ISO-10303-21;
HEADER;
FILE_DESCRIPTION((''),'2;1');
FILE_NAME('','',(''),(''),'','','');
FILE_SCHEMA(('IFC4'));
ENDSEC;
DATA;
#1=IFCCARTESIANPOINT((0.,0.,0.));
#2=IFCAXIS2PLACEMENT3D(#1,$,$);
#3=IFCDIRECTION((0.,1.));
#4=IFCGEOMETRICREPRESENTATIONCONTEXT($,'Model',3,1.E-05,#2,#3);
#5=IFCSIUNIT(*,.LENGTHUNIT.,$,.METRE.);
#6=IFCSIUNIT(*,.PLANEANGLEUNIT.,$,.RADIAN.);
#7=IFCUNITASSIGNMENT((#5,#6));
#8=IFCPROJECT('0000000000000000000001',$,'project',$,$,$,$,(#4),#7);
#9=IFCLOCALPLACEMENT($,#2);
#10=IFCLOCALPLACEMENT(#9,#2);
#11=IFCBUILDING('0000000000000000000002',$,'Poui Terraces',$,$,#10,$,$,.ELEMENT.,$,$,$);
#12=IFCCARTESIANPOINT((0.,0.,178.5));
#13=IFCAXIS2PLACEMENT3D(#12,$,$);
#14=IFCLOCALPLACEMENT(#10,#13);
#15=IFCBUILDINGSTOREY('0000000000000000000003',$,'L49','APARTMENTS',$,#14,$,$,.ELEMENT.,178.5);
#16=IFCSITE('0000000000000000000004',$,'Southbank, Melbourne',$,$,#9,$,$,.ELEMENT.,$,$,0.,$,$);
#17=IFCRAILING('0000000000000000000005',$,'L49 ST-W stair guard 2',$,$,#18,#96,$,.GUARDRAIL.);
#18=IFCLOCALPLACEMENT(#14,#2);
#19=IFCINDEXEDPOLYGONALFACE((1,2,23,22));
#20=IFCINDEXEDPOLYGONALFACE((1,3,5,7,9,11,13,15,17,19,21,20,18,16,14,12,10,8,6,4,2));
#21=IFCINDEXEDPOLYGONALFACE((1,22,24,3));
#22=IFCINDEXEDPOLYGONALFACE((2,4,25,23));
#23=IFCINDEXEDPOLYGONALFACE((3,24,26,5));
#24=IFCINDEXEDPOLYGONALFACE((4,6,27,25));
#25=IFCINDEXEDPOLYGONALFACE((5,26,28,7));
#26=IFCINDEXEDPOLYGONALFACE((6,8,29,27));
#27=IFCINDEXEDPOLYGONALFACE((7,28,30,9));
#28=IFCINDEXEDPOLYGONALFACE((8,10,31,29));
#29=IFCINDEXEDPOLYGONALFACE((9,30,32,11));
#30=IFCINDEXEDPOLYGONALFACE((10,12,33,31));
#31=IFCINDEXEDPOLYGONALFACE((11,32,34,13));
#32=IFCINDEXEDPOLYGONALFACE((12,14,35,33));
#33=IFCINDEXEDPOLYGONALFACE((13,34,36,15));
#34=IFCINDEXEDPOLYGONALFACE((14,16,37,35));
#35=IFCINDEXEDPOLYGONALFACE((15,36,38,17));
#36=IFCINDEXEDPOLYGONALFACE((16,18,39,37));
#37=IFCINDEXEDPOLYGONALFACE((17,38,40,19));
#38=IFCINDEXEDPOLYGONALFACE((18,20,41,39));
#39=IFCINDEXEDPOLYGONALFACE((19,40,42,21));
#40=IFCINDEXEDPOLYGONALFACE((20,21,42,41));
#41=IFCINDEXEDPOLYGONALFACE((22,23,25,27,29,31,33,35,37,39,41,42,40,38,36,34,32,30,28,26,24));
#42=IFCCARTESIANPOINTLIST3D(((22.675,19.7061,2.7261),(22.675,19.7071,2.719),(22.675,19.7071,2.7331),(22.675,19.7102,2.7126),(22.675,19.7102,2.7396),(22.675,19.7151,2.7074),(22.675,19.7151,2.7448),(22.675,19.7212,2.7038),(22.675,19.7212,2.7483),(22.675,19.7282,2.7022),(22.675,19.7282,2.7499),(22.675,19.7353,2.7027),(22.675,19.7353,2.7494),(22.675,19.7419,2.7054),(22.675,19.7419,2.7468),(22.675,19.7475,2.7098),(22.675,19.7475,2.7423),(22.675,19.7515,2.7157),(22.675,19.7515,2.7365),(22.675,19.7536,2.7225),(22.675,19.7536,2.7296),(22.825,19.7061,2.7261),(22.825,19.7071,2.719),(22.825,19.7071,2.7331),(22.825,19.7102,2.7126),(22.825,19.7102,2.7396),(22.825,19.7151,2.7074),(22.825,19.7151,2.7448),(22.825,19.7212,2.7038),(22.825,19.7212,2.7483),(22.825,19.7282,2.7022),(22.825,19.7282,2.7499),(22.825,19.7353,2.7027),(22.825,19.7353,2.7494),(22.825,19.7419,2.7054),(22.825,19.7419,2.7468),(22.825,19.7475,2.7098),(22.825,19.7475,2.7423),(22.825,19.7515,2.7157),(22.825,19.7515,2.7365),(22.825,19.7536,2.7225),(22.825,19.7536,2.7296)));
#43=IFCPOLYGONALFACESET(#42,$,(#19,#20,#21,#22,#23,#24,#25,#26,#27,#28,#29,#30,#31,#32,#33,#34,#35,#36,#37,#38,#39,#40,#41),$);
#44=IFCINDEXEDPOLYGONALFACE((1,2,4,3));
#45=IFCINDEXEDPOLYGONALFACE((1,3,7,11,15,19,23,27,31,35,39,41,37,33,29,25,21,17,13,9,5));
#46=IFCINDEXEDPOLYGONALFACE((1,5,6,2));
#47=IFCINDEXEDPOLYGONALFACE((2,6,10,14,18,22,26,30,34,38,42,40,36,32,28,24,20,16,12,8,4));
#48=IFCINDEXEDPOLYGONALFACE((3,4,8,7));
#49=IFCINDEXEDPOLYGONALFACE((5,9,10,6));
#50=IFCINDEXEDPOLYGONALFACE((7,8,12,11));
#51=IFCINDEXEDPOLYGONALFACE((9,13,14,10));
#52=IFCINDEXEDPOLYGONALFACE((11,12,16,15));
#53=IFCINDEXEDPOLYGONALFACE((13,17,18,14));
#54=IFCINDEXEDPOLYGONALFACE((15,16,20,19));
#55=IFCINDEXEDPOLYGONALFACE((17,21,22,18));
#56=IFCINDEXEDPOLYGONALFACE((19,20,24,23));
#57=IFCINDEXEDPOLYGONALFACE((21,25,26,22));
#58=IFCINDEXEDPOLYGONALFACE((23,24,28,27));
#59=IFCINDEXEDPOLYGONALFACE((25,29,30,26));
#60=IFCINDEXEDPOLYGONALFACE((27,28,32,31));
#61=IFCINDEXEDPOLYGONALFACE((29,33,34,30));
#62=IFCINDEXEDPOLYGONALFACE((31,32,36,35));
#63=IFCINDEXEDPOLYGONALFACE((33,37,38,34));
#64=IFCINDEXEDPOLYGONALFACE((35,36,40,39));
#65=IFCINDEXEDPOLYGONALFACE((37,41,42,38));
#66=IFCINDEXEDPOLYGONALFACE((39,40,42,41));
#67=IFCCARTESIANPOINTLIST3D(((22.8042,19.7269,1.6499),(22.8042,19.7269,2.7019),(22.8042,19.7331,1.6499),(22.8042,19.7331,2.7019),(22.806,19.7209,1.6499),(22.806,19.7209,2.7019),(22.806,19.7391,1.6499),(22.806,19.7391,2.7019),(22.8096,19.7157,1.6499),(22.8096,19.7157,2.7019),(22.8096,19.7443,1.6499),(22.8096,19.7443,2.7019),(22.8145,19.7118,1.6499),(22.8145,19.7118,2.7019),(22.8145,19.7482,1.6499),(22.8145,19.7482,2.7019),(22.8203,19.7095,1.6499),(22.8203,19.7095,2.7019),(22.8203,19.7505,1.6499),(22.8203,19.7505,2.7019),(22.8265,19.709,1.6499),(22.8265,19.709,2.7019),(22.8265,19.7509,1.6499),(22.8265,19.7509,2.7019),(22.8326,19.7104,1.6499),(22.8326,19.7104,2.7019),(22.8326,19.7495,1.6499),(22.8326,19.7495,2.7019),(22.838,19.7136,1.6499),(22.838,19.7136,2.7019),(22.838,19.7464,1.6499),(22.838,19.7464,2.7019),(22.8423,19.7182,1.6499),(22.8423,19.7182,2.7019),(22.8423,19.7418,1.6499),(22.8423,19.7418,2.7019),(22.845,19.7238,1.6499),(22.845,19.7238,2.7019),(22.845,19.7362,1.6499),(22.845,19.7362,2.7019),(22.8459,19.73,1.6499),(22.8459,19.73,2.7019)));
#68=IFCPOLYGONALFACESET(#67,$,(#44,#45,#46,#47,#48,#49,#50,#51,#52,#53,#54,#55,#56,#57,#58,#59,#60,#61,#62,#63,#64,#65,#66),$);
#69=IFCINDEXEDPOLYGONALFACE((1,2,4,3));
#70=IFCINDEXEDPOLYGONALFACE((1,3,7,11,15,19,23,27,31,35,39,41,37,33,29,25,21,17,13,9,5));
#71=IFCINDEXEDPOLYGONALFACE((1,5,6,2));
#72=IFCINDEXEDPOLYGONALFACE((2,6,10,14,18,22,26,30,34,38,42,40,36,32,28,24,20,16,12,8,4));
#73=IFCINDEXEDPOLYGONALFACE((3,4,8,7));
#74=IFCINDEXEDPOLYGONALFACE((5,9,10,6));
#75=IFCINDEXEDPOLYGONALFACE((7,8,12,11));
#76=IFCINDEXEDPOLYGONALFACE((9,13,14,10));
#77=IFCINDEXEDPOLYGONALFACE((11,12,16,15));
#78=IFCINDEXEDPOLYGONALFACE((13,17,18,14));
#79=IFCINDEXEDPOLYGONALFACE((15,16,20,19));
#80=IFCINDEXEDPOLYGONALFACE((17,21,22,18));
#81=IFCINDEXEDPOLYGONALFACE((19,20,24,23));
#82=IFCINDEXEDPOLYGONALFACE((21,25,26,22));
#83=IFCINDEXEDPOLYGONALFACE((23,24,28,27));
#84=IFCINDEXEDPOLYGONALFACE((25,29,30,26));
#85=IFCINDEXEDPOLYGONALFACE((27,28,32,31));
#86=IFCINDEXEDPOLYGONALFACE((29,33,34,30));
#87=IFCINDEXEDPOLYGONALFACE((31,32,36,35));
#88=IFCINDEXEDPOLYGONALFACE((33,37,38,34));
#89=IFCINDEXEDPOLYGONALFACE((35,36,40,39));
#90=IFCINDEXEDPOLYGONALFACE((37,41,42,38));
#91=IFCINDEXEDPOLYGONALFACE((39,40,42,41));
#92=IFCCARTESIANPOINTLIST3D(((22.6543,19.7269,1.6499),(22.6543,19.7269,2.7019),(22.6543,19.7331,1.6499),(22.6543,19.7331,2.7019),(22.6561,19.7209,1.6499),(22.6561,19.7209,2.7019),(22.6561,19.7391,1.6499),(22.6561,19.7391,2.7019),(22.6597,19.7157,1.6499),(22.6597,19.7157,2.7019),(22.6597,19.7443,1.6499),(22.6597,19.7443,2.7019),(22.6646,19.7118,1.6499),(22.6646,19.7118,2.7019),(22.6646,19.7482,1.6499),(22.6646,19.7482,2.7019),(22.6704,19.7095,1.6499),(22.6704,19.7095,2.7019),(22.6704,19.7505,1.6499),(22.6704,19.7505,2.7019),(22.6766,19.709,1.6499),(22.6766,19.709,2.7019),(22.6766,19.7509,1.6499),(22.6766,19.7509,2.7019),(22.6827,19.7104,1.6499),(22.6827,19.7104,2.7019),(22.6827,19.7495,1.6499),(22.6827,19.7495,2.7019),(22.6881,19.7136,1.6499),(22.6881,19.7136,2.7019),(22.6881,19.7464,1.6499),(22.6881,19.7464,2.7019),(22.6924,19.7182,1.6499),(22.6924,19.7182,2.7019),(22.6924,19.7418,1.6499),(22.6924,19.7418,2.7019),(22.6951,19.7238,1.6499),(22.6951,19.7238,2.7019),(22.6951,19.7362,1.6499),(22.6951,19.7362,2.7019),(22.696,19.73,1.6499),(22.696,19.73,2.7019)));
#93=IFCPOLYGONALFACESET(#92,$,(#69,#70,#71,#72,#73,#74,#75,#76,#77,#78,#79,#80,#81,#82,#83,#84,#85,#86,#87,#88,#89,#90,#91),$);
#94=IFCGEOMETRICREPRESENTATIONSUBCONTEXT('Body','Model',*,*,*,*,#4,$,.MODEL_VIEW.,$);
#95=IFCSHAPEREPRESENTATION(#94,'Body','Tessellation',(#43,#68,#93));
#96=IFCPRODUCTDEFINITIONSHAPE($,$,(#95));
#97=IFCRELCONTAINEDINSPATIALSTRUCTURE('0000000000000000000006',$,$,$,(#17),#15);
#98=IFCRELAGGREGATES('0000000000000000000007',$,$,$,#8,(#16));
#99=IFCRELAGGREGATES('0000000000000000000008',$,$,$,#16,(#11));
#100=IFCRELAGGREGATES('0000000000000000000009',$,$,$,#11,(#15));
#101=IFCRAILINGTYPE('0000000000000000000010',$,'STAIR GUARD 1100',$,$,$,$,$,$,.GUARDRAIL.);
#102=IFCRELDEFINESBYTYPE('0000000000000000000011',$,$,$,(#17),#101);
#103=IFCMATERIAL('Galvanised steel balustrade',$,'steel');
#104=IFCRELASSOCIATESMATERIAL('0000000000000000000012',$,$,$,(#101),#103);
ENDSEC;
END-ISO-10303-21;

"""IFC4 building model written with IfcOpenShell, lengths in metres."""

from ifc_helpers import new_model, si_unit, direction, frame, origin, origin_2d, place, context, subcontext, project, spatial, circle, extrude, material, type_object, element, save


model = new_model("IFC4")

# Units and contexts
model_context = context("Model", 3, precision=1e-05, world=origin(), true_north=direction((0.0, 1.0)))
body_context = subcontext(model_context, "Body", "Model", "MODEL_VIEW")
ifc_project = project(units=[si_unit("LENGTHUNIT", "METRE"), si_unit("PLANEANGLEUNIT", "RADIAN")], contexts=[model_context])

# Site, building, storey
site_placement = place(None, origin())
site = spatial("IfcSite", under=ifc_project, at=site_placement, Name="Southbank, Melbourne", CompositionType="ELEMENT", RefElevation=0.0)
building_placement = place(site_placement, origin())
building = spatial("IfcBuilding", under=site, at=building_placement, Name="Poui Terraces", CompositionType="ELEMENT")
storey_placement = place(building_placement, frame((0.0, 0.0, 178.5)))
storey = spatial("IfcBuildingStorey", under=building, at=storey_placement, Name="L49", Description="APARTMENTS", CompositionType="ELEMENT", Elevation=178.5)

# Railing
ifc_material_1 = material(Name="Galvanised steel balustrade", Category="steel")
railing_type_1 = type_object("IfcRailingType", Name="STAIR GUARD 1100", PredefinedType="GUARDRAIL", material=ifc_material_1)
railing_1_placement = place(storey_placement, frame((22.825, 19.73, 1.6499)))
element("IfcRailing", 1, at=railing_1_placement, inside=storey, type_object=railing_type_1, Name="L49 ST-W stair guard 2", PredefinedType="GUARDRAIL", context=body_context, shape_type="SweptSolid", body=[
    extrude(circle(Radius=0.0239, at=origin_2d()), frame((0.0, 0.0, 1.0762), z_axis=(-1.0, 0.0, 0.0), x_axis=(0.0, -1.0, 0.0)), (0.0, 0.0, 1.0), 0.1499),
    extrude(circle(Radius=0.021, at=origin_2d()), origin(), (0.0, 0.0, 1.0), 1.052),
    extrude(circle(Radius=0.021, at=origin_2d()), frame((-0.1499, 0.0, 0.0)), (0.0, 0.0, 1.0), 1.052),
])

save(model, "model.ifc")
